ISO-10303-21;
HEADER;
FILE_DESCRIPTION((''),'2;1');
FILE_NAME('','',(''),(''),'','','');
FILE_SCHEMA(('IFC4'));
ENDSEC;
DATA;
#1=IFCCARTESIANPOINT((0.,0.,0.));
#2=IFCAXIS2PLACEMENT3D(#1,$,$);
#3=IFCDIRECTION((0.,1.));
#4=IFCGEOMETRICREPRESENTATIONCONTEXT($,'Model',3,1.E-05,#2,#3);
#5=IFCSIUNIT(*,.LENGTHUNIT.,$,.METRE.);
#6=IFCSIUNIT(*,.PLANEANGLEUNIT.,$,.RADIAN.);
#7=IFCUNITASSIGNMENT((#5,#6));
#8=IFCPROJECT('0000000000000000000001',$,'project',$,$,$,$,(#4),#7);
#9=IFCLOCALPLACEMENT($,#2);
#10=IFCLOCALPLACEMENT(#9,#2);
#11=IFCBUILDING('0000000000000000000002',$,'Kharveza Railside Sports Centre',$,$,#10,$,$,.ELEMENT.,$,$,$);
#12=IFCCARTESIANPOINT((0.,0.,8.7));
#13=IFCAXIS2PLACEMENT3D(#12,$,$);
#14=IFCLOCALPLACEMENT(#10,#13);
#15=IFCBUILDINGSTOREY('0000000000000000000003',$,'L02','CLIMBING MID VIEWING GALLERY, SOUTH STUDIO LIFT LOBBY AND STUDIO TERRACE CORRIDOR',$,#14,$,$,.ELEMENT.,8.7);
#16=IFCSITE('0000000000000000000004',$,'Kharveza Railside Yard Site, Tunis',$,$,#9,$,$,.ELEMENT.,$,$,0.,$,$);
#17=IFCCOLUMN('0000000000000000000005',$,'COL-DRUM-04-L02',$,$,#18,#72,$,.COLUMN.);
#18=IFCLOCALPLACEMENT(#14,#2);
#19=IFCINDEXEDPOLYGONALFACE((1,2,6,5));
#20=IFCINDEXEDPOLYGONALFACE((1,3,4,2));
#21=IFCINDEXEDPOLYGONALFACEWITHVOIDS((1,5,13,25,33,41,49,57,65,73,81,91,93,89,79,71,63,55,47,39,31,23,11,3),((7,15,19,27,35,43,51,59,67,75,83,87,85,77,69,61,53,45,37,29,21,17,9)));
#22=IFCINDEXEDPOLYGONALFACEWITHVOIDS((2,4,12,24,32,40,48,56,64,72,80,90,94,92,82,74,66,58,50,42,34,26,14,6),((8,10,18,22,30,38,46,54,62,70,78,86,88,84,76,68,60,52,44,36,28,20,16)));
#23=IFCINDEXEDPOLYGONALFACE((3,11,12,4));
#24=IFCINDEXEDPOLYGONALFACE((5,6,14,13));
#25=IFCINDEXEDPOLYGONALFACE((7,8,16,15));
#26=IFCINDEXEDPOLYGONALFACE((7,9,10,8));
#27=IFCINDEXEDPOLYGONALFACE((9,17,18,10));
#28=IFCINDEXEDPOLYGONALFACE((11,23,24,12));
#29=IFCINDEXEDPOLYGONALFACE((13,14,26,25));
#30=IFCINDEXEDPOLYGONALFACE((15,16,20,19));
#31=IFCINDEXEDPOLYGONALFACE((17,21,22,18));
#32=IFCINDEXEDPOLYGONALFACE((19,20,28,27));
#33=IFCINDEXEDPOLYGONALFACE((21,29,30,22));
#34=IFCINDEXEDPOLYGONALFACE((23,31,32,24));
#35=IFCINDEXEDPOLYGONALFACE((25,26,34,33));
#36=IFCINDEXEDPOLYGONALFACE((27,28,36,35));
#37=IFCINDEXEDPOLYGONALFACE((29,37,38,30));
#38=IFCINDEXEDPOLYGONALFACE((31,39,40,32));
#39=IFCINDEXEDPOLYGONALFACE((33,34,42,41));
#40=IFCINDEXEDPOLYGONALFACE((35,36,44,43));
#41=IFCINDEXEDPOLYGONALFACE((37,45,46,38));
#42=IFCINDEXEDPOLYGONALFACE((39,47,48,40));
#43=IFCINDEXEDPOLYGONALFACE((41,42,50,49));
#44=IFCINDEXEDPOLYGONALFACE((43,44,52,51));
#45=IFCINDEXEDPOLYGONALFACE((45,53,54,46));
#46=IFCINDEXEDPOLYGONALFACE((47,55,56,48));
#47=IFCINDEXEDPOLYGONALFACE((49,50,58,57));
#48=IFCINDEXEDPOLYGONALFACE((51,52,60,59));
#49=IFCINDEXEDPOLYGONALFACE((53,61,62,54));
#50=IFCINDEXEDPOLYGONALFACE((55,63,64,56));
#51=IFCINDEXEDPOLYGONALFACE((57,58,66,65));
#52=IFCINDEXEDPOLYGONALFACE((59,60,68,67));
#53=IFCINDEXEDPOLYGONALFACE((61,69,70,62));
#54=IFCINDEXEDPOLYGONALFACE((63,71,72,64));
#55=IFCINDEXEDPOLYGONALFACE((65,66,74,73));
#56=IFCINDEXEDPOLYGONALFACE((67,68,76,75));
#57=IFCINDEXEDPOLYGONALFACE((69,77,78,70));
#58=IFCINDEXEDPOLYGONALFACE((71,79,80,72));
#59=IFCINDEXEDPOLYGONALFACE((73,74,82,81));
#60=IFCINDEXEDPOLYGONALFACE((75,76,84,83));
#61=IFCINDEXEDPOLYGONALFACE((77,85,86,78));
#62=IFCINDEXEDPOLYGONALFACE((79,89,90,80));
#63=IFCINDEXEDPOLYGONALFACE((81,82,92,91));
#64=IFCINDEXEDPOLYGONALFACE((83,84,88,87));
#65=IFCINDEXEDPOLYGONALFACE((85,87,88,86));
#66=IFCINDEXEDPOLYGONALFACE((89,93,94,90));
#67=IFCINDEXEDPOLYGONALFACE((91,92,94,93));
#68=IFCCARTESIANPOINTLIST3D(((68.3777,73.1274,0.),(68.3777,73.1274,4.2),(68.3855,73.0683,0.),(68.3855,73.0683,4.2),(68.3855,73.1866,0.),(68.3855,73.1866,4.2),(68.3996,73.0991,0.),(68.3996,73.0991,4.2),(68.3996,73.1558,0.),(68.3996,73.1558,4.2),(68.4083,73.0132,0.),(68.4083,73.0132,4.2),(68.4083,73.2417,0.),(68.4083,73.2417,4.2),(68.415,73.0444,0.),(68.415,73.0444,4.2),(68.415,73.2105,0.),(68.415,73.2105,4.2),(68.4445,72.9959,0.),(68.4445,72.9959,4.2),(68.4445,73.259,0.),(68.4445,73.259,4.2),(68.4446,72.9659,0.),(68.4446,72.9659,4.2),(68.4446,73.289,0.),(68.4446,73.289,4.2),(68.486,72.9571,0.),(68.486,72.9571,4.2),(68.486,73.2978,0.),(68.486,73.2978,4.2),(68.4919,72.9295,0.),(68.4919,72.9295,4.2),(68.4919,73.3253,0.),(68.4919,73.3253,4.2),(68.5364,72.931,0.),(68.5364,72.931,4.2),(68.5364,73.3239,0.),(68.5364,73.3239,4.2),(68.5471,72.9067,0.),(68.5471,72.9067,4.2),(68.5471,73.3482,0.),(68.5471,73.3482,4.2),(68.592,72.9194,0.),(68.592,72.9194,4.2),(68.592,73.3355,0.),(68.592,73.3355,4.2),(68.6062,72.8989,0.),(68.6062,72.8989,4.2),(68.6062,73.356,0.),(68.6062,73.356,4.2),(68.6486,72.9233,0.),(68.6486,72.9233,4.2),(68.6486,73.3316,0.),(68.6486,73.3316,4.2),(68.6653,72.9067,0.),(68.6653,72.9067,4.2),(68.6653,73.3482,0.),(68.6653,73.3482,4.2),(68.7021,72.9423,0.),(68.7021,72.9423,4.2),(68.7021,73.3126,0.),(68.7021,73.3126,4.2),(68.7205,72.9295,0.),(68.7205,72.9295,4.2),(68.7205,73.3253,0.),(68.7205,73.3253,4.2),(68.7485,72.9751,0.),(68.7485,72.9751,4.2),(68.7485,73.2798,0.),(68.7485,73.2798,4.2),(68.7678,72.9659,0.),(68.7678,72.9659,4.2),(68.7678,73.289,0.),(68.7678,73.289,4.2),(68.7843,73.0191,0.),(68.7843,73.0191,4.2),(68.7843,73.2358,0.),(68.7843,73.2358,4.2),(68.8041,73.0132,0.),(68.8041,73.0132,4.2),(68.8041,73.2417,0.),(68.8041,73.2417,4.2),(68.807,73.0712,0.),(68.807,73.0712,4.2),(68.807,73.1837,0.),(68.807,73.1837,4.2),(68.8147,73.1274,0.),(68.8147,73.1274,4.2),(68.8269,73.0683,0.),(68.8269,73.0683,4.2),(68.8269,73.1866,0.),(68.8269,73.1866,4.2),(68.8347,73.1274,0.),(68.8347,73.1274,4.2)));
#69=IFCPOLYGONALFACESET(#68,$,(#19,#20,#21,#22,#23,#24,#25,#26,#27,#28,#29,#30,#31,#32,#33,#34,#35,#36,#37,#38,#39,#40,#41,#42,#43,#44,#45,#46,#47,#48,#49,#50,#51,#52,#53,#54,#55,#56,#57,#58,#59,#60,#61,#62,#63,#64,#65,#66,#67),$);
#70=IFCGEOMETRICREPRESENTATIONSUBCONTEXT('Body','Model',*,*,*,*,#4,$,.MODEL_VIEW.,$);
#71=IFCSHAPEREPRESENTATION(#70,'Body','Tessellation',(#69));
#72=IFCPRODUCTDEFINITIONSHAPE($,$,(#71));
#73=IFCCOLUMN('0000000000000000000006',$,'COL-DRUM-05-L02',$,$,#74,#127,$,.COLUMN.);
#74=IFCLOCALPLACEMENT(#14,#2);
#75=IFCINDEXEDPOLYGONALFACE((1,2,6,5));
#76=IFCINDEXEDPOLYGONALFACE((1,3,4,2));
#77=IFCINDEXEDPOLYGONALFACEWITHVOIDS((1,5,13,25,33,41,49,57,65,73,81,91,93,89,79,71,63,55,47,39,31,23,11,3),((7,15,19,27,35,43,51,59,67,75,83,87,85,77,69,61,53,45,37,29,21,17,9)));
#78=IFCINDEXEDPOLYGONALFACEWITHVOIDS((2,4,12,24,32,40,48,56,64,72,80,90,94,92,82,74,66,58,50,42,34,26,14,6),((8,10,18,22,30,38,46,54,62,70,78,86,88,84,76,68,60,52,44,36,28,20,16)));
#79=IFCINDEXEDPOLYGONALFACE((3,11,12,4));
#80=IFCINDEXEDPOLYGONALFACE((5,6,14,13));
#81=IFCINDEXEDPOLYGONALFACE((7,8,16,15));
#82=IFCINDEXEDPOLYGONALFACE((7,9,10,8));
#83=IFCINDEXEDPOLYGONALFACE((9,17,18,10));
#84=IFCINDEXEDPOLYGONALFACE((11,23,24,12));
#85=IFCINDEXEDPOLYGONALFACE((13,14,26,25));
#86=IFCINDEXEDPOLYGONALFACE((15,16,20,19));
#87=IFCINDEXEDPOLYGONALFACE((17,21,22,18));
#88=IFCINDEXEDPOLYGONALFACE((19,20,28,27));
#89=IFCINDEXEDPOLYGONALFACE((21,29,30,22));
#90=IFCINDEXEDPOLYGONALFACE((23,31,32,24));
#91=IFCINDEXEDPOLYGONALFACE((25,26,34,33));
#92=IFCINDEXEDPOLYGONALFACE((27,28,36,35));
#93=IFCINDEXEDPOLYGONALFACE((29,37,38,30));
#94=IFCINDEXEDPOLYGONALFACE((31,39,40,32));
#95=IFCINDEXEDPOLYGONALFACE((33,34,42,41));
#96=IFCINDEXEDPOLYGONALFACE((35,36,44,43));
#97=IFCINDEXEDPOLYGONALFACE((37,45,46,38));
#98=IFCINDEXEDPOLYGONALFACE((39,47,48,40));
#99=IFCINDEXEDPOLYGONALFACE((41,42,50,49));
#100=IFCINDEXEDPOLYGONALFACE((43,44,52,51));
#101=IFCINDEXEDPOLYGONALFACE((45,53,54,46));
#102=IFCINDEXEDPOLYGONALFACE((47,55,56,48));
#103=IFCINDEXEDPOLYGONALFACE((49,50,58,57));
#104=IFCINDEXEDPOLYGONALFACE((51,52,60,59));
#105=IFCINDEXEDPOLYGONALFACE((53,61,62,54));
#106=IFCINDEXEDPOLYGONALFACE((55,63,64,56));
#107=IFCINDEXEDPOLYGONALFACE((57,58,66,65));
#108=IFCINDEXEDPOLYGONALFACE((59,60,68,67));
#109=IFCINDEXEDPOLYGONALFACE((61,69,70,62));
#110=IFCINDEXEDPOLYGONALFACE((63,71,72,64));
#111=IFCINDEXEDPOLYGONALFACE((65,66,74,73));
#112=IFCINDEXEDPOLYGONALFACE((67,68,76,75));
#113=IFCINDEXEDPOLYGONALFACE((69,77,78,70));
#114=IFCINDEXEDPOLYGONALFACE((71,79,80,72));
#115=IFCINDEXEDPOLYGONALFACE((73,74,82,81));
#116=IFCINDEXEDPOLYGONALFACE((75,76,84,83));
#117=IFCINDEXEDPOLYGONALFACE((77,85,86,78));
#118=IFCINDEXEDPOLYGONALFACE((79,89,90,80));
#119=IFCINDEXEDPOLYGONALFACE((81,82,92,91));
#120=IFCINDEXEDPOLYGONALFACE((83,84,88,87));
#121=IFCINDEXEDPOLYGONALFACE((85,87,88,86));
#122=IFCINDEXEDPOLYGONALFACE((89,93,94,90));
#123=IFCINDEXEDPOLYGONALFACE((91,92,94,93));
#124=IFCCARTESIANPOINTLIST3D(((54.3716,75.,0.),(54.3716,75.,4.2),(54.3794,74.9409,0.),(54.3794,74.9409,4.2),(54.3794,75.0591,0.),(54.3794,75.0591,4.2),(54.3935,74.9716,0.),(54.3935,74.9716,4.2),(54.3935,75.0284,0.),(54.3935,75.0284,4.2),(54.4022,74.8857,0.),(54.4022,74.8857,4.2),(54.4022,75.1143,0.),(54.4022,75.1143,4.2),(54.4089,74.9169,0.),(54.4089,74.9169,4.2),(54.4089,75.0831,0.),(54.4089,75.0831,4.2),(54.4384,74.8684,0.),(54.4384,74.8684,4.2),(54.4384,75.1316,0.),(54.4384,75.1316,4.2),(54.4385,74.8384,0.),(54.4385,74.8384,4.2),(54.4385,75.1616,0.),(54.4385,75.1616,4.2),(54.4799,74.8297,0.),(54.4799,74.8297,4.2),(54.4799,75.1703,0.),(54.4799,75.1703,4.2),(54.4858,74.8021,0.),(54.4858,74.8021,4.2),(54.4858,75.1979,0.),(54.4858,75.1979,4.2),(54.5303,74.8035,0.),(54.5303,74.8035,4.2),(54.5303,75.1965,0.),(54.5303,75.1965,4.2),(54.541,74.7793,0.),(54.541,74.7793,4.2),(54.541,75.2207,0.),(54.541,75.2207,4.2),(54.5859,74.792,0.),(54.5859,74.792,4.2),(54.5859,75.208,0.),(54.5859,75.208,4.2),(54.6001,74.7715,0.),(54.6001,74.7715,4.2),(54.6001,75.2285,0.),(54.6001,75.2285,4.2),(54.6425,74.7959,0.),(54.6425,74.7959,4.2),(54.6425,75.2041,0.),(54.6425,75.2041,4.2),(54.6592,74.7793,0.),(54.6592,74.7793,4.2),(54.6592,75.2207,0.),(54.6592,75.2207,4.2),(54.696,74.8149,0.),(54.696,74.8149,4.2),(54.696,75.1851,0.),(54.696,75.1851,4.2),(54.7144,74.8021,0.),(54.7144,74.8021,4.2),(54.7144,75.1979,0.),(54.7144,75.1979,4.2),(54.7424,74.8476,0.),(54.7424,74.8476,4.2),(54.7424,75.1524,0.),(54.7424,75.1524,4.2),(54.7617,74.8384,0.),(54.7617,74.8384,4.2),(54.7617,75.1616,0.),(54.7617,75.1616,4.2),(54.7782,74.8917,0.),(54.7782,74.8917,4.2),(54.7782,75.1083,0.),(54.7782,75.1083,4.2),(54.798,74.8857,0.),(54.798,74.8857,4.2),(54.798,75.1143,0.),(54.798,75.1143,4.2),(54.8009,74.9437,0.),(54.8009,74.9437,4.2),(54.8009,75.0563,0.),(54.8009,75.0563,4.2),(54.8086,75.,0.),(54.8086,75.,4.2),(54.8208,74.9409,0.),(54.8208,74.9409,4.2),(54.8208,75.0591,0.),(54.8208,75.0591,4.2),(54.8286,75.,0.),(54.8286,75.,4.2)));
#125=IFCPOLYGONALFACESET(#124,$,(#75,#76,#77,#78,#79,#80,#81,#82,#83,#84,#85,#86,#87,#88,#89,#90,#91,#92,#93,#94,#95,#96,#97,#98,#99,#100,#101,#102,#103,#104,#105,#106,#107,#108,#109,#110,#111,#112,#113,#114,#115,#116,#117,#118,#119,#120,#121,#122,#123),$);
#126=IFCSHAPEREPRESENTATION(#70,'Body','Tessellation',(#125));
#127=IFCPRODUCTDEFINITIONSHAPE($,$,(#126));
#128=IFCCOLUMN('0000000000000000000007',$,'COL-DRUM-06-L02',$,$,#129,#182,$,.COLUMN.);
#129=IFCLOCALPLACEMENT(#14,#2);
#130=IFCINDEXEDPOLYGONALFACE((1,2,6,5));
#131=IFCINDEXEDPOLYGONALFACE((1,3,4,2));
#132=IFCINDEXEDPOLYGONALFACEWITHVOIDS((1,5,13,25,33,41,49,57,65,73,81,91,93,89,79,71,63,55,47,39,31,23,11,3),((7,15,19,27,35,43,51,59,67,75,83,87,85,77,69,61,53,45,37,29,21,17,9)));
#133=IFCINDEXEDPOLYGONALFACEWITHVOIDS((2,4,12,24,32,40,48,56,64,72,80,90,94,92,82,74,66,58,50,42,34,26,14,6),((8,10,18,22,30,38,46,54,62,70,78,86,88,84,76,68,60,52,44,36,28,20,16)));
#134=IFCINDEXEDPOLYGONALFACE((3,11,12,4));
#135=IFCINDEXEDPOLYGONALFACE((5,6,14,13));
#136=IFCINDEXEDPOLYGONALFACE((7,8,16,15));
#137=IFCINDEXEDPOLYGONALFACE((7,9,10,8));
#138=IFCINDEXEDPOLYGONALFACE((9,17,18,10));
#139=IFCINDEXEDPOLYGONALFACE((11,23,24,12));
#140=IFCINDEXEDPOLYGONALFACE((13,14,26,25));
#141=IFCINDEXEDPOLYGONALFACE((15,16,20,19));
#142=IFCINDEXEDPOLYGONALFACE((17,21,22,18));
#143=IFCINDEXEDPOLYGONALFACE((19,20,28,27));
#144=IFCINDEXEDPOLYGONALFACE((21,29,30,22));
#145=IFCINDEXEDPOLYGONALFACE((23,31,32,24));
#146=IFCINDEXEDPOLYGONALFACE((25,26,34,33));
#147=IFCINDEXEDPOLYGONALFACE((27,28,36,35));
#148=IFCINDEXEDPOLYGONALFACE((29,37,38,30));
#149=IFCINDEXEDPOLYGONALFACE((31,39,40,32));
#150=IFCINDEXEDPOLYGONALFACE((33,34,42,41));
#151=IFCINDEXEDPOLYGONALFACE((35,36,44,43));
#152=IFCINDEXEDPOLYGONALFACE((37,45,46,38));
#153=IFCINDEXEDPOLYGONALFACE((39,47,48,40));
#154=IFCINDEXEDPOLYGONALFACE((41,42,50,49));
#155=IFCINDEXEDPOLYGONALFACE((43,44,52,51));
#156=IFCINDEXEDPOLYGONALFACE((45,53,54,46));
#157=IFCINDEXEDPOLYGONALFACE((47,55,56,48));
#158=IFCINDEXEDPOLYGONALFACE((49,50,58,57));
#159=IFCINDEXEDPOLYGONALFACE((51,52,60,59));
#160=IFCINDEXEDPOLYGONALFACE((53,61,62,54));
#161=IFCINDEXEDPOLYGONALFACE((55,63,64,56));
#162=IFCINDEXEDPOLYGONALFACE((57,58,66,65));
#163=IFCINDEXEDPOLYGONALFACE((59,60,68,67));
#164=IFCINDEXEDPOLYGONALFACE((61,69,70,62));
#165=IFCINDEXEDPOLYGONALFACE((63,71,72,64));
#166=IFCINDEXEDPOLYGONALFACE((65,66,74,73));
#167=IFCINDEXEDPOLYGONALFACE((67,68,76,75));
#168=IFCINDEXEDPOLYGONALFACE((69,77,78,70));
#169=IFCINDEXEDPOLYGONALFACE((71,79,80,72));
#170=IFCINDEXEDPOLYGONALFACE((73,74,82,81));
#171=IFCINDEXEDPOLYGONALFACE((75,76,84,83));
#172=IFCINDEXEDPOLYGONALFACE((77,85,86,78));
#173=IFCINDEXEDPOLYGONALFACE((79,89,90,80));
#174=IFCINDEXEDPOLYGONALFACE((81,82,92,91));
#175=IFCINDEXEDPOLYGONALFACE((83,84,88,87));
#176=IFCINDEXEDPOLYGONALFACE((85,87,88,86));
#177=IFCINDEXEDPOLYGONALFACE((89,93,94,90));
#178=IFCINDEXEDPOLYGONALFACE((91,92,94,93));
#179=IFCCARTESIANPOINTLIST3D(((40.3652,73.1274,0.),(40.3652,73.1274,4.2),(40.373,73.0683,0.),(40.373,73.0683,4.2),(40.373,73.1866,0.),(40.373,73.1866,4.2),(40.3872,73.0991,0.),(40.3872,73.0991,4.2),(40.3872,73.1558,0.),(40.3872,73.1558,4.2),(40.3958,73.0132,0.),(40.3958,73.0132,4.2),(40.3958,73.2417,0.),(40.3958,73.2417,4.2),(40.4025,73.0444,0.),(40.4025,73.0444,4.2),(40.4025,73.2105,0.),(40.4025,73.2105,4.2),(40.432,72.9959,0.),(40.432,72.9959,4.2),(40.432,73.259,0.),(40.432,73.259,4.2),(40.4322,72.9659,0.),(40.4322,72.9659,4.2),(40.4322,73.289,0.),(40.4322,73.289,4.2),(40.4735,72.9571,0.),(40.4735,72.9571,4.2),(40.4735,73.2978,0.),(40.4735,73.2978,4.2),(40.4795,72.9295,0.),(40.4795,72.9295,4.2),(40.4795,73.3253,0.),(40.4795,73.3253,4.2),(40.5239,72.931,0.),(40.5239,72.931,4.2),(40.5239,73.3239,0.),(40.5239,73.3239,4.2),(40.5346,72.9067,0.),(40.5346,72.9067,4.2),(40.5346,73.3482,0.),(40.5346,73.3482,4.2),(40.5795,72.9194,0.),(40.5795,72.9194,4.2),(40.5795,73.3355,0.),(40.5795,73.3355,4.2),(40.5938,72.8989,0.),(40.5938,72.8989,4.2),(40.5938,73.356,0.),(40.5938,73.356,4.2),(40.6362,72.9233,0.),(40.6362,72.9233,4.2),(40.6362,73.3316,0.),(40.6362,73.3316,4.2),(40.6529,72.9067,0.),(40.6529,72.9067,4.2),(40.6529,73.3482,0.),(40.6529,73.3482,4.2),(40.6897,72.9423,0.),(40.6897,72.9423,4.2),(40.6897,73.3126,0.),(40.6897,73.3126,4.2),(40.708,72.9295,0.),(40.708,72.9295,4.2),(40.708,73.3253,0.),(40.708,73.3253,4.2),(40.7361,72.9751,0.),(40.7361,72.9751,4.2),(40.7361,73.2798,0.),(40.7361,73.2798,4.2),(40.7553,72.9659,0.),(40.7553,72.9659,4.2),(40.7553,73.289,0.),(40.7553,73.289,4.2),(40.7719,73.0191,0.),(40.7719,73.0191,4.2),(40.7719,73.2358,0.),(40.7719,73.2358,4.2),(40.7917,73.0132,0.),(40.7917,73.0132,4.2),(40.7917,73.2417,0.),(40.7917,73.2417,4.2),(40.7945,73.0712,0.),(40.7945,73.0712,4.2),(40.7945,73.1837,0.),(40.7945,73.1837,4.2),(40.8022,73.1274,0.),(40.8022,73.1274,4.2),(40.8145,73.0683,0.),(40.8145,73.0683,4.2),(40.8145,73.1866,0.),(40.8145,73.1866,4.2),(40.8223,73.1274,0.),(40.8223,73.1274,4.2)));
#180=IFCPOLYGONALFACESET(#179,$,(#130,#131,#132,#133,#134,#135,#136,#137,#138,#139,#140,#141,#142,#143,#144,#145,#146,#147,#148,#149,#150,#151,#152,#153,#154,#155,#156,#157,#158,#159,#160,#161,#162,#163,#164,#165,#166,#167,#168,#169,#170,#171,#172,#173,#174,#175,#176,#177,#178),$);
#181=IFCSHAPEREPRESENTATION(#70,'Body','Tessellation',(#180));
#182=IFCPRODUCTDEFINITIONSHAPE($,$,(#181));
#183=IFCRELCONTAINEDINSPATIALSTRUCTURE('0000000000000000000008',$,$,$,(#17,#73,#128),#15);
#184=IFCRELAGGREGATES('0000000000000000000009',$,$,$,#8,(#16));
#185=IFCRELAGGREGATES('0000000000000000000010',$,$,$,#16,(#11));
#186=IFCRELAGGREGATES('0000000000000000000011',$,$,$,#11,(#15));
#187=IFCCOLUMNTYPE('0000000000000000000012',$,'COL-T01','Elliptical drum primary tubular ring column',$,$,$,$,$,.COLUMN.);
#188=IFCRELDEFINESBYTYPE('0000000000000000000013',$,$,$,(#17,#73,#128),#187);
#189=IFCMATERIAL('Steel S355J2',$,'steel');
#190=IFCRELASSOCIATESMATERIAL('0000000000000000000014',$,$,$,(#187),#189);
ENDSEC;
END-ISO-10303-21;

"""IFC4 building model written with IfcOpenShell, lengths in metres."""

from ifc_helpers import new_model, si_unit, direction, frame, origin, origin_2d, place, context, subcontext, project, spatial, hollow_circle, extrude, material, material_profile, profile_set, type_object, element, save


model = new_model("IFC4")

# Units and contexts
model_context = context("Model", 3, precision=1e-05, world=origin(), true_north=direction((0.0, 1.0)))
body_context = subcontext(model_context, "Body", "Model", "MODEL_VIEW")
ifc_project = project(units=[si_unit("LENGTHUNIT", "METRE"), si_unit("PLANEANGLEUNIT", "RADIAN")], contexts=[model_context])

# Site, building, storey
site_placement = place(None, origin())
site = spatial("IfcSite", under=ifc_project, at=site_placement, Name="Kharveza Railside Yard Site, Tunis", CompositionType="ELEMENT", RefElevation=0.0)
building_placement = place(site_placement, origin())
building = spatial("IfcBuilding", under=site, at=building_placement, Name="Kharveza Railside Sports Centre", CompositionType="ELEMENT")
storey_placement = place(building_placement, frame((0.0, 0.0, 8.7)))
storey = spatial("IfcBuildingStorey", under=building, at=storey_placement, Name="L02", Description="CLIMBING MID VIEWING GALLERY, SOUTH STUDIO LIFT LOBBY AND STUDIO TERRACE CORRIDOR", CompositionType="ELEMENT", Elevation=8.7)

# Columns
ifc_material_1 = material(Name="Steel S355J2", Category="steel")
ifc_material_profile_1 = material_profile(ifc_material_1, hollow_circle(Radius=0.2285, WallThickness=0.02, at=origin_2d()), Name="CHS 457.0x20.0")
ifc_profile_set_1 = profile_set([ifc_material_profile_1], Name="Steel S355J2")
column_type_1 = type_object("IfcColumnType", Name="COL-T01", Description="Elliptical drum primary tubular ring column", PredefinedType="COLUMN", material=ifc_profile_set_1)
for number, where, z_axis, x_axis, name in (
    (1, (68.6062, 73.1274, 0.0), (0.0, 0.0, 1.0), (1.0, 0.0, 0.0), "COL-DRUM-04-L02"),
    (2, (54.6001, 75.0, 0.0), (0.0, 0.0, 1.0), (1.0, 0.0, 0.0), "COL-DRUM-05-L02"),
    (3, (40.5938, 73.1274, 0.0), (0.0, 0.0, 1.0), (1.0, 0.0, 0.0), "COL-DRUM-06-L02"),
):
    element("IfcColumn", number, at=place(storey_placement, frame(where, z_axis=z_axis, x_axis=x_axis)), inside=storey, type_object=column_type_1, Name=name, PredefinedType="COLUMN", context=body_context, shape_type="SweptSolid", body=[
        extrude(hollow_circle(Radius=0.2285, WallThickness=0.02, at=origin_2d()), origin(), (0.0, 0.0, 1.0), 4.2),
    ])

save(model, "model.ifc")
